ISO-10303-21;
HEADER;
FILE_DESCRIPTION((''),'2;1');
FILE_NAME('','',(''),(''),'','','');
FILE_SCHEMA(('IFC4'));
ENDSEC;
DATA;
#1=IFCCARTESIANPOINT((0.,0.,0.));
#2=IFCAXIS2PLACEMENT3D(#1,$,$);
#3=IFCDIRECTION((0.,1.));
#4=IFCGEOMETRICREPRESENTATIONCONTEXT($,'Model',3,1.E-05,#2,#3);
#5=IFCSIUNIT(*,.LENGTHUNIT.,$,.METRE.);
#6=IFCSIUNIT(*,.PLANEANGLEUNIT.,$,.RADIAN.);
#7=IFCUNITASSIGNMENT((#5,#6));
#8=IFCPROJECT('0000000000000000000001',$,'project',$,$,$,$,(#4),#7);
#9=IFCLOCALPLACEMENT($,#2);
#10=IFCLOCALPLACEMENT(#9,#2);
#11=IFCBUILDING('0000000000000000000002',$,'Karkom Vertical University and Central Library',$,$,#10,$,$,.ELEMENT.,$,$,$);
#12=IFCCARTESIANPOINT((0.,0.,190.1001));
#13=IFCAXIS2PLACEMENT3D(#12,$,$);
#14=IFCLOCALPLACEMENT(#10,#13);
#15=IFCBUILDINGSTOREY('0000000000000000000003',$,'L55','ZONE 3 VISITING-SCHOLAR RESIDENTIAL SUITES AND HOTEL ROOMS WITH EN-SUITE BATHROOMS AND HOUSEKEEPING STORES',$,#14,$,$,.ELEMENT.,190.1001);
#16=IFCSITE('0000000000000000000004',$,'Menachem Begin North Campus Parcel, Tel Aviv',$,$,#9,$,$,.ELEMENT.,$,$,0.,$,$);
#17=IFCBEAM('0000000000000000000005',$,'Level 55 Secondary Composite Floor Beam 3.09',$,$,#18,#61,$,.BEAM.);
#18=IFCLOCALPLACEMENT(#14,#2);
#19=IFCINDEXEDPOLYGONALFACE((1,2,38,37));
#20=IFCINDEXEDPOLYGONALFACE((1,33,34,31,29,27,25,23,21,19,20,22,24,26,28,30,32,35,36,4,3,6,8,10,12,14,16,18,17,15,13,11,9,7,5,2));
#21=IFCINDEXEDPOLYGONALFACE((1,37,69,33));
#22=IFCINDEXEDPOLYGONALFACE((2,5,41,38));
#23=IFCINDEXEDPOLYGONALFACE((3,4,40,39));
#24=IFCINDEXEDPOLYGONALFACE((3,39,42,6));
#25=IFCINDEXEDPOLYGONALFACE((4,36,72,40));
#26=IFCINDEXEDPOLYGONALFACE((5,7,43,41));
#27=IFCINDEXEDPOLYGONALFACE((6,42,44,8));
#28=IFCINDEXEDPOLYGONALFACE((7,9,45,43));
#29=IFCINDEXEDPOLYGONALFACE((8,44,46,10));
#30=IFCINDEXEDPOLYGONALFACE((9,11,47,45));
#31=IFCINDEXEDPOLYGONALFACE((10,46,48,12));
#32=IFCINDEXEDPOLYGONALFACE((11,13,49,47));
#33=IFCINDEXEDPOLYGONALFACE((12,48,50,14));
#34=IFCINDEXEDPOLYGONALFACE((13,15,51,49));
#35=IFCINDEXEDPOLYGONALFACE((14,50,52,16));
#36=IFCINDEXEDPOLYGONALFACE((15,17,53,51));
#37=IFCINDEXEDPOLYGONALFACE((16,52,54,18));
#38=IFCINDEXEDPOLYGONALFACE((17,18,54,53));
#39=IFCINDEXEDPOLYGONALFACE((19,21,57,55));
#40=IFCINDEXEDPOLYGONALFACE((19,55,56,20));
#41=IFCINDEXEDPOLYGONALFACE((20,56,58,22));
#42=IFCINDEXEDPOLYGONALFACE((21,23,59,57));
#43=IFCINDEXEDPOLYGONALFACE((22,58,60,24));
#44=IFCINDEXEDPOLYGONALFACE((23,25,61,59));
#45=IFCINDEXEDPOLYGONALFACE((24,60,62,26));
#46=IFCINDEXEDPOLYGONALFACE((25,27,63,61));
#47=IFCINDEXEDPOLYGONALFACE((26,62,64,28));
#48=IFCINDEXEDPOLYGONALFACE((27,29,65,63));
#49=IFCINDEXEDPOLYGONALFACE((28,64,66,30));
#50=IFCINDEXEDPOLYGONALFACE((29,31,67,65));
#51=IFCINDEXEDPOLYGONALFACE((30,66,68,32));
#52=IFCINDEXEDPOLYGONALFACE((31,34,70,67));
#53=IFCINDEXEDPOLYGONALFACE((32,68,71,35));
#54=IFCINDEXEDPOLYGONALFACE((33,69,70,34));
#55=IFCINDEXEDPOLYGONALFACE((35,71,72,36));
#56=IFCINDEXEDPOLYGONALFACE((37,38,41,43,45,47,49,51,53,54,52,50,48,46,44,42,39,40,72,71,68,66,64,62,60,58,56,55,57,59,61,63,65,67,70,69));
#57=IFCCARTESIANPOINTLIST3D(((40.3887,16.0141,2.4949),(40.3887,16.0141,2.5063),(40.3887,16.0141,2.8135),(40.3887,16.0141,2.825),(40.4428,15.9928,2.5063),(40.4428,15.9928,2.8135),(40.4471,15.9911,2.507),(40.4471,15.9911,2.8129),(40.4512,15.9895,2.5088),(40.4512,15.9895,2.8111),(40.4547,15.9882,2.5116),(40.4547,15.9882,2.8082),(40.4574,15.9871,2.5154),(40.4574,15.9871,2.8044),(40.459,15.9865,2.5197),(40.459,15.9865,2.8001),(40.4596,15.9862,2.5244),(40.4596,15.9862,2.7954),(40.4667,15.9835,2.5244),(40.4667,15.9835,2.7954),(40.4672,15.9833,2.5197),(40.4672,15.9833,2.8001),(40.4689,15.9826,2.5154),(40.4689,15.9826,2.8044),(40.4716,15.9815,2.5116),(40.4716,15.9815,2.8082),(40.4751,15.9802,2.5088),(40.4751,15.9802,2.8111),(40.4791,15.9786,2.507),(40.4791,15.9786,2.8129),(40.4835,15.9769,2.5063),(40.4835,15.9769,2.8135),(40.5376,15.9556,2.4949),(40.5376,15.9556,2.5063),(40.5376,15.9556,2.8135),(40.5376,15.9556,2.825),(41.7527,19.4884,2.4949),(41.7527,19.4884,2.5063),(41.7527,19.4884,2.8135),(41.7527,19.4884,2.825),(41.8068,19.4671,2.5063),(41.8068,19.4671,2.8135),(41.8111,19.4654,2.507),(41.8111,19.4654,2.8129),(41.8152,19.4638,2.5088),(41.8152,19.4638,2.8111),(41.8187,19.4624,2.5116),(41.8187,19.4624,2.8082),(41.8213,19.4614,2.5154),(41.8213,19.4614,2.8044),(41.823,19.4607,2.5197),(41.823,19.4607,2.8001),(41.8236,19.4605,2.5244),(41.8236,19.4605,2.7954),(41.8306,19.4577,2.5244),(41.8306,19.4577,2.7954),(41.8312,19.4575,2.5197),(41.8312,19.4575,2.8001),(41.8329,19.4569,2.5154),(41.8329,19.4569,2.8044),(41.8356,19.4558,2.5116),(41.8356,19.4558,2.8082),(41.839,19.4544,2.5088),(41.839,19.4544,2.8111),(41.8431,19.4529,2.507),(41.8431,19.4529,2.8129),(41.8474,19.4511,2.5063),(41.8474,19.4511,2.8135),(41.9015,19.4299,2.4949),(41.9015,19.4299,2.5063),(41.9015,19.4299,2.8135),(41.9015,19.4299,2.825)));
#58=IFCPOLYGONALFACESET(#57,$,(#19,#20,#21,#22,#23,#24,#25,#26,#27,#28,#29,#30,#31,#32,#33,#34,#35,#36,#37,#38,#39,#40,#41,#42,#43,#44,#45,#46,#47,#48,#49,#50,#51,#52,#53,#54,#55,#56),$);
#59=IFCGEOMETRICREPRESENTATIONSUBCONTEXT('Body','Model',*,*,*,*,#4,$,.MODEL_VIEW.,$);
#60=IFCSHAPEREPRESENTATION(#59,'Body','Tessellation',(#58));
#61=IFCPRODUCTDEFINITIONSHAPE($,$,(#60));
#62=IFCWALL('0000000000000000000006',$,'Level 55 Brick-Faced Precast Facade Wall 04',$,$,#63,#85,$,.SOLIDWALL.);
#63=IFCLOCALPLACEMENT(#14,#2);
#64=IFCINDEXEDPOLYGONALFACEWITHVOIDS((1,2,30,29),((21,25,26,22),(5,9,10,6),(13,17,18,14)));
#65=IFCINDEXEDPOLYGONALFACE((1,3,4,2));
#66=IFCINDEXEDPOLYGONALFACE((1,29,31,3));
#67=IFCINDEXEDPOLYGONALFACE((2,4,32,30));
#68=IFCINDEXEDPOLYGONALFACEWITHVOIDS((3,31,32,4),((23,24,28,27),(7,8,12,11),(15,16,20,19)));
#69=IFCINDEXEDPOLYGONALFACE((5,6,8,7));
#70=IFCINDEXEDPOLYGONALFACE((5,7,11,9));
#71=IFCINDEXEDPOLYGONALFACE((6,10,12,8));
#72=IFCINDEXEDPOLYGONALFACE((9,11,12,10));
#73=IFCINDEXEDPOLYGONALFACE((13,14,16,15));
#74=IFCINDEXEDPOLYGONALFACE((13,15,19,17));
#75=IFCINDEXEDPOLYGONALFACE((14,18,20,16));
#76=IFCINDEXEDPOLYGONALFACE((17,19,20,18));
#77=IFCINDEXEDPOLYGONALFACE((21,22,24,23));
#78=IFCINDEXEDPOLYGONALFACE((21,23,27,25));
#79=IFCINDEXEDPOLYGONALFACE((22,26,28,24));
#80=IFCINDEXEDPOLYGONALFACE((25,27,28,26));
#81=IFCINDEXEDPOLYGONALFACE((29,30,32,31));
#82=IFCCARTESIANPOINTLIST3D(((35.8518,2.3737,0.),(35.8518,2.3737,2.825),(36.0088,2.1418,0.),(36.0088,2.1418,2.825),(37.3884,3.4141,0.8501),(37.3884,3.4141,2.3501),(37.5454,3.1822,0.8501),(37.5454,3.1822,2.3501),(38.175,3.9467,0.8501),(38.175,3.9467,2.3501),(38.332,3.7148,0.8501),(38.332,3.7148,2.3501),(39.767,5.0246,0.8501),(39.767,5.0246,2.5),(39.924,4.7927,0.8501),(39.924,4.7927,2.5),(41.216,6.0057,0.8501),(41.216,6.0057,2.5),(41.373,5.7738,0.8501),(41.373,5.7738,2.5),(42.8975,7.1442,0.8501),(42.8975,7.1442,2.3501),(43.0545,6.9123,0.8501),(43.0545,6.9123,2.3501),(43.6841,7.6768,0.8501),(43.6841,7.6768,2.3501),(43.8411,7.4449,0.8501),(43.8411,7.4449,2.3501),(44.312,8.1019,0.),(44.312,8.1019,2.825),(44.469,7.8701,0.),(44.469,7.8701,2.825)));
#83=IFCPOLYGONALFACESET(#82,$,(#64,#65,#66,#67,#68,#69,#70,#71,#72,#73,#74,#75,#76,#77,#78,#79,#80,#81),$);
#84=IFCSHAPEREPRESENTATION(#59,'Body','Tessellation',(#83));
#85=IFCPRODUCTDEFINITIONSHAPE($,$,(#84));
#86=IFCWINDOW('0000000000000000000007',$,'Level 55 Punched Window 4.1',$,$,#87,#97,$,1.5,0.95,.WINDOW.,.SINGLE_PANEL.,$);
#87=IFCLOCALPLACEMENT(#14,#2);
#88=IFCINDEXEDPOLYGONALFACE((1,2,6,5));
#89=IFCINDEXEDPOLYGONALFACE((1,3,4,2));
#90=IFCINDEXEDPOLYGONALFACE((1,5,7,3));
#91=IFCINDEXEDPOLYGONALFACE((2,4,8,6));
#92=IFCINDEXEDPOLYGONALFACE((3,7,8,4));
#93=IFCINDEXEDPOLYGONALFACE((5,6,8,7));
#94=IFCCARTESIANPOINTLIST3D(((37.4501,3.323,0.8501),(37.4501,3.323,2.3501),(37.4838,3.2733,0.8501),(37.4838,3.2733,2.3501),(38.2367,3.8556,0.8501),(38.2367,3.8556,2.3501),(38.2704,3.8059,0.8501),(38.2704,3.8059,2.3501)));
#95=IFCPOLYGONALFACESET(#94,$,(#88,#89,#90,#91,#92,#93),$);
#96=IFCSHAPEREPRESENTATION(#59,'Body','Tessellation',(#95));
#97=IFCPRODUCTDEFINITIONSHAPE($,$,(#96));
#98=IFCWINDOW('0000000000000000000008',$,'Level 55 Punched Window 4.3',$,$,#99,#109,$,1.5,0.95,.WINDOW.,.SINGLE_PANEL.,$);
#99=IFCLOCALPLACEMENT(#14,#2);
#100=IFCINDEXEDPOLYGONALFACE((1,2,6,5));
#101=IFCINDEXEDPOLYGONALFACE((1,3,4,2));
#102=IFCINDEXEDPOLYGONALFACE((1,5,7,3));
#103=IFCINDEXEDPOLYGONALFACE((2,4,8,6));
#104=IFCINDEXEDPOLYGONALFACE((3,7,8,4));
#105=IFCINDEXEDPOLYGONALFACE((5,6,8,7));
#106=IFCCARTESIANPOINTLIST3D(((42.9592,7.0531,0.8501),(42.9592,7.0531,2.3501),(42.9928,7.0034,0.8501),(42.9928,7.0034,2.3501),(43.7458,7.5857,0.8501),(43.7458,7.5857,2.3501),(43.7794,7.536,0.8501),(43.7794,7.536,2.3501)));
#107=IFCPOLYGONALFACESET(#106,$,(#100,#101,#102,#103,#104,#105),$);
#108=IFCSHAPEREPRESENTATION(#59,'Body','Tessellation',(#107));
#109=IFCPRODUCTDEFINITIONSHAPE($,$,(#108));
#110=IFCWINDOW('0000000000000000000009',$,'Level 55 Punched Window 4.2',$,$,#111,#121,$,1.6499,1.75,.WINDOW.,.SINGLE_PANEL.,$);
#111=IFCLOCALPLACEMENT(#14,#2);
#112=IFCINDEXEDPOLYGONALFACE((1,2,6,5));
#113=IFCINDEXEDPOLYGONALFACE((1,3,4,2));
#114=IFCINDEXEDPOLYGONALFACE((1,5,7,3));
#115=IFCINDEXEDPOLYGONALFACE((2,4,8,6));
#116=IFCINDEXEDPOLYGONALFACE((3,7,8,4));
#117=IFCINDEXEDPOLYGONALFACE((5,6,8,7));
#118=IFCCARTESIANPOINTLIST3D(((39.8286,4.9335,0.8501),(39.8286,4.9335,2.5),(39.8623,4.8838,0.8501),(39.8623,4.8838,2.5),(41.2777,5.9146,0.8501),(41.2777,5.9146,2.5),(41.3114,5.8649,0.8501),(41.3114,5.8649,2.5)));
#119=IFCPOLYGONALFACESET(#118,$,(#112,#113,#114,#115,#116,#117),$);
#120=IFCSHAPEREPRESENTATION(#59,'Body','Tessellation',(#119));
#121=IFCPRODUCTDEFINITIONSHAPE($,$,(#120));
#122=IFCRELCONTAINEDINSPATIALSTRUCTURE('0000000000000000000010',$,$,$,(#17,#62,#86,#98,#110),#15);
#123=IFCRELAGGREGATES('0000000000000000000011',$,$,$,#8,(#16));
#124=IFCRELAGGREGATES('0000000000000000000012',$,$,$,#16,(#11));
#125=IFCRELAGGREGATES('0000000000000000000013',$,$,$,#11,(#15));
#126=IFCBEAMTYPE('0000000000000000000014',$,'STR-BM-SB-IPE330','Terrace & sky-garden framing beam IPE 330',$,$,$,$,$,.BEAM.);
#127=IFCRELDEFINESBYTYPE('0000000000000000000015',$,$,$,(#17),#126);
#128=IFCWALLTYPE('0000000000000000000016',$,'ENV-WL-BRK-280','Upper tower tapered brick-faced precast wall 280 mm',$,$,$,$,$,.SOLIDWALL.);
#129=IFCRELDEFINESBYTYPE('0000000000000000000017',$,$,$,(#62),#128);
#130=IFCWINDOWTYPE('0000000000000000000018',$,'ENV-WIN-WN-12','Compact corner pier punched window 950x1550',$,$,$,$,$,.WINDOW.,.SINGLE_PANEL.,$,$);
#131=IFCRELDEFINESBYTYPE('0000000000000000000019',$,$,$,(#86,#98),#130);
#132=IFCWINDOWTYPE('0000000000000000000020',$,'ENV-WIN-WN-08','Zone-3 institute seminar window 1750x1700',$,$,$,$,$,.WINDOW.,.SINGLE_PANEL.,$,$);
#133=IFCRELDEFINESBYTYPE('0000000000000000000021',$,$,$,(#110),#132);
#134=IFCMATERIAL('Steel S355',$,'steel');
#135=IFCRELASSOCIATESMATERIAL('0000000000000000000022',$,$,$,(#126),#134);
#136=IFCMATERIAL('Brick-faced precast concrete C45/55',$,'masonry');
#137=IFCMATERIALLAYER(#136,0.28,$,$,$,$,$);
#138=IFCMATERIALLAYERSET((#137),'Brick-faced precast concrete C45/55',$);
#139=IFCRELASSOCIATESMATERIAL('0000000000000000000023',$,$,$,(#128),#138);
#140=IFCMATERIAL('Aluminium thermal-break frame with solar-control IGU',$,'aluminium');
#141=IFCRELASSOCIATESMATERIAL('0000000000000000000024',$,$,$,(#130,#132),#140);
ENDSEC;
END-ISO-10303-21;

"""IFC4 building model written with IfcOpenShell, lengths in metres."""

from ifc_helpers import new_model, si_unit, direction, frame, frame_2d, origin, origin_with_axes, origin_2d, place, context, subcontext, project, spatial, rectangle, i_section, extrude, source, transform, mapped, material, layer, layer_set, material_profile, profile_set, type_object, element, fill, save


model = new_model("IFC4")

# Units and contexts
model_context = context("Model", 3, precision=1e-05, world=origin(), true_north=direction((0.0, 1.0)))
body_context = subcontext(model_context, "Body", "Model", "MODEL_VIEW")
ifc_project = project(units=[si_unit("LENGTHUNIT", "METRE"), si_unit("PLANEANGLEUNIT", "RADIAN")], contexts=[model_context])

# Site, building, storey
site_placement = place(None, origin())
site = spatial("IfcSite", under=ifc_project, at=site_placement, Name="Menachem Begin North Campus Parcel, Tel Aviv", CompositionType="ELEMENT", RefElevation=0.0)
building_placement = place(site_placement, origin())
building = spatial("IfcBuilding", under=site, at=building_placement, Name="Karkom Vertical University and Central Library", CompositionType="ELEMENT")
storey_placement = place(building_placement, frame((0.0, 0.0, 190.1001)))
storey = spatial("IfcBuildingStorey", under=building, at=storey_placement, Name="L55", Description="ZONE 3 VISITING-SCHOLAR RESIDENTIAL SUITES AND HOTEL ROOMS WITH EN-SUITE BATHROOMS AND HOUSEKEEPING STORES", CompositionType="ELEMENT", Elevation=190.1001)

# Beam
ifc_material_1 = material(Name="Steel S355", Category="steel")
ifc_material_profile_1 = material_profile(ifc_material_1, i_section(OverallWidth=0.1599, OverallDepth=0.3301, WebThickness=0.0076, FlangeThickness=0.0115, FilletRadius=0.0181, at=origin_2d()), Name="IPE 330")
ifc_profile_set_1 = profile_set([ifc_material_profile_1], Name="Steel S355")
beam_type_1 = type_object("IfcBeamType", Name="STR-BM-SB-IPE330", Description="Terrace & sky-garden framing beam IPE 330", PredefinedType="BEAM", material=ifc_profile_set_1)
shared_shape_1 = source(origin_with_axes(), body_context, "Body", "SweptSolid", [
    extrude(i_section(OverallWidth=0.1599, OverallDepth=0.3301, WebThickness=0.0076, FlangeThickness=0.0115, FilletRadius=0.0181, at=origin_2d()), origin(), (0.0, 0.0, 1.0), 3.7324),
])
beam_1_placement = place(storey_placement, frame((40.4631, 15.9849, 2.6599), z_axis=(0.36544, 0.930835, 0.0), x_axis=(-0.930835, 0.36544, 0.0)))
element("IfcBeam", 1, at=beam_1_placement, inside=storey, type_object=beam_type_1, Name="Level 55 Secondary Composite Floor Beam 3.09", PredefinedType="BEAM", context=body_context, shape_type="MappedRepresentation", body=[
    mapped(shared_shape_1, transform((0.0, 0.0, 0.0), scale=1.0)),
])

# Wall, openings, windows
ifc_material_2 = material(Name="Brick-faced precast concrete C45/55", Category="masonry")
ifc_layer_1 = layer(ifc_material_2, 0.28)
ifc_layer_set_1 = layer_set([ifc_layer_1], Name="Brick-faced precast concrete C45/55")
wall_type_1 = type_object("IfcWallType", Name="ENV-WL-BRK-280", Description="Upper tower tapered brick-faced precast wall 280 mm", PredefinedType="SOLIDWALL", material=ifc_layer_set_1)
wall_1_placement = place(storey_placement, frame((35.9304, 2.2578, 0.0), z_axis=(0.0, 0.0, 1.0), x_axis=(0.828048, 0.560658, 0.0)))
wall_1 = element("IfcWall", 2, at=wall_1_placement, inside=storey, type_object=wall_type_1, Name="Level 55 Brick-Faced Precast Facade Wall 04", PredefinedType="SOLIDWALL", context=body_context, shape_type="SweptSolid", body=[
    extrude(rectangle(XDim=10.217, YDim=0.28, at=frame_2d((5.1084, 0.0))), origin(), (0.0, 0.0, 1.0), 2.825),
])
opening_1_placement = place(wall_1_placement, frame((1.8555, 0.0, 0.8501)))
opening_1 = element("IfcOpeningElement", 3, at=opening_1_placement, cuts=wall_1, PredefinedType="OPENING", context=body_context, shape_type="SweptSolid", body=[
    extrude(rectangle(XDim=0.95, YDim=1.5, at=frame_2d((0.4751, 0.75))), frame((0.0, 0.1499, 0.0), z_axis=(0.0, -1.0, 0.0), x_axis=(1.0, 0.0, 0.0)), (0.0, 0.0, 1.0), 0.3),
])
opening_2_placement = place(wall_1_placement, frame((4.728, 0.0, 0.8501)))
opening_2 = element("IfcOpeningElement", 4, at=opening_2_placement, cuts=wall_1, PredefinedType="OPENING", context=body_context, shape_type="SweptSolid", body=[
    extrude(rectangle(XDim=1.75, YDim=1.6499, at=frame_2d((0.875, 0.825))), frame((0.0, 0.1499, 0.0), z_axis=(0.0, -1.0, 0.0), x_axis=(1.0, 0.0, 0.0)), (0.0, 0.0, 1.0), 0.3),
])
opening_3_placement = place(wall_1_placement, frame((8.5085, 0.0, 0.8501)))
opening_3 = element("IfcOpeningElement", 5, at=opening_3_placement, cuts=wall_1, PredefinedType="OPENING", context=body_context, shape_type="SweptSolid", body=[
    extrude(rectangle(XDim=0.95, YDim=1.5, at=frame_2d((0.4751, 0.75))), frame((0.0, 0.1499, 0.0), z_axis=(0.0, -1.0, 0.0), x_axis=(1.0, 0.0, 0.0)), (0.0, 0.0, 1.0), 0.3),
])
ifc_material_3 = material(Name="Aluminium thermal-break frame with solar-control IGU", Category="aluminium")
window_type_1 = type_object("IfcWindowType", Name="ENV-WIN-WN-12", Description="Compact corner pier punched window 950x1550", PartitioningType="SINGLE_PANEL", PredefinedType="WINDOW", material=ifc_material_3)
shared_shape_2 = source(origin_with_axes(), body_context, "Body", "SweptSolid", [
    extrude(rectangle(XDim=0.95, YDim=1.5, at=frame_2d((0.4751, 0.75))), frame((0.0, 0.03, 0.0), z_axis=(0.0, -1.0, 0.0), x_axis=(1.0, 0.0, 0.0)), (0.0, 0.0, 1.0), 0.0601),
])
window_1_placement = place(opening_1_placement, origin())
window_1 = element("IfcWindow", 6, at=window_1_placement, inside=storey, type_object=window_type_1, Name="Level 55 Punched Window 4.1", OverallHeight=1.5, OverallWidth=0.95, PartitioningType="SINGLE_PANEL", PredefinedType="WINDOW", context=body_context, shape_type="MappedRepresentation", body=[
    mapped(shared_shape_2, transform((0.0, 0.0, 0.0), scale=1.0)),
])
fill(opening_1, window_1)
window_2_placement = place(opening_3_placement, origin())
window_2 = element("IfcWindow", 7, at=window_2_placement, inside=storey, type_object=window_type_1, Name="Level 55 Punched Window 4.3", OverallHeight=1.5, OverallWidth=0.95, PartitioningType="SINGLE_PANEL", PredefinedType="WINDOW", context=body_context, shape_type="MappedRepresentation", body=[
    mapped(shared_shape_2, transform((0.0, 0.0, 0.0), scale=1.0)),
])
fill(opening_3, window_2)
window_type_2 = type_object("IfcWindowType", Name="ENV-WIN-WN-08", Description="Zone-3 institute seminar window 1750x1700", PartitioningType="SINGLE_PANEL", PredefinedType="WINDOW", material=ifc_material_3)
shared_shape_3 = source(origin_with_axes(), body_context, "Body", "SweptSolid", [
    extrude(rectangle(XDim=1.75, YDim=1.6499, at=frame_2d((0.875, 0.825))), frame((0.0, 0.03, 0.0), z_axis=(0.0, -1.0, 0.0), x_axis=(1.0, 0.0, 0.0)), (0.0, 0.0, 1.0), 0.0601),
])
window_3_placement = place(opening_2_placement, origin())
window_3 = element("IfcWindow", 8, at=window_3_placement, inside=storey, type_object=window_type_2, Name="Level 55 Punched Window 4.2", OverallHeight=1.6499, OverallWidth=1.75, PartitioningType="SINGLE_PANEL", PredefinedType="WINDOW", context=body_context, shape_type="MappedRepresentation", body=[
    mapped(shared_shape_3, transform((0.0, 0.0, 0.0), scale=1.0)),
])
fill(opening_2, window_3)

save(model, "model.ifc")
